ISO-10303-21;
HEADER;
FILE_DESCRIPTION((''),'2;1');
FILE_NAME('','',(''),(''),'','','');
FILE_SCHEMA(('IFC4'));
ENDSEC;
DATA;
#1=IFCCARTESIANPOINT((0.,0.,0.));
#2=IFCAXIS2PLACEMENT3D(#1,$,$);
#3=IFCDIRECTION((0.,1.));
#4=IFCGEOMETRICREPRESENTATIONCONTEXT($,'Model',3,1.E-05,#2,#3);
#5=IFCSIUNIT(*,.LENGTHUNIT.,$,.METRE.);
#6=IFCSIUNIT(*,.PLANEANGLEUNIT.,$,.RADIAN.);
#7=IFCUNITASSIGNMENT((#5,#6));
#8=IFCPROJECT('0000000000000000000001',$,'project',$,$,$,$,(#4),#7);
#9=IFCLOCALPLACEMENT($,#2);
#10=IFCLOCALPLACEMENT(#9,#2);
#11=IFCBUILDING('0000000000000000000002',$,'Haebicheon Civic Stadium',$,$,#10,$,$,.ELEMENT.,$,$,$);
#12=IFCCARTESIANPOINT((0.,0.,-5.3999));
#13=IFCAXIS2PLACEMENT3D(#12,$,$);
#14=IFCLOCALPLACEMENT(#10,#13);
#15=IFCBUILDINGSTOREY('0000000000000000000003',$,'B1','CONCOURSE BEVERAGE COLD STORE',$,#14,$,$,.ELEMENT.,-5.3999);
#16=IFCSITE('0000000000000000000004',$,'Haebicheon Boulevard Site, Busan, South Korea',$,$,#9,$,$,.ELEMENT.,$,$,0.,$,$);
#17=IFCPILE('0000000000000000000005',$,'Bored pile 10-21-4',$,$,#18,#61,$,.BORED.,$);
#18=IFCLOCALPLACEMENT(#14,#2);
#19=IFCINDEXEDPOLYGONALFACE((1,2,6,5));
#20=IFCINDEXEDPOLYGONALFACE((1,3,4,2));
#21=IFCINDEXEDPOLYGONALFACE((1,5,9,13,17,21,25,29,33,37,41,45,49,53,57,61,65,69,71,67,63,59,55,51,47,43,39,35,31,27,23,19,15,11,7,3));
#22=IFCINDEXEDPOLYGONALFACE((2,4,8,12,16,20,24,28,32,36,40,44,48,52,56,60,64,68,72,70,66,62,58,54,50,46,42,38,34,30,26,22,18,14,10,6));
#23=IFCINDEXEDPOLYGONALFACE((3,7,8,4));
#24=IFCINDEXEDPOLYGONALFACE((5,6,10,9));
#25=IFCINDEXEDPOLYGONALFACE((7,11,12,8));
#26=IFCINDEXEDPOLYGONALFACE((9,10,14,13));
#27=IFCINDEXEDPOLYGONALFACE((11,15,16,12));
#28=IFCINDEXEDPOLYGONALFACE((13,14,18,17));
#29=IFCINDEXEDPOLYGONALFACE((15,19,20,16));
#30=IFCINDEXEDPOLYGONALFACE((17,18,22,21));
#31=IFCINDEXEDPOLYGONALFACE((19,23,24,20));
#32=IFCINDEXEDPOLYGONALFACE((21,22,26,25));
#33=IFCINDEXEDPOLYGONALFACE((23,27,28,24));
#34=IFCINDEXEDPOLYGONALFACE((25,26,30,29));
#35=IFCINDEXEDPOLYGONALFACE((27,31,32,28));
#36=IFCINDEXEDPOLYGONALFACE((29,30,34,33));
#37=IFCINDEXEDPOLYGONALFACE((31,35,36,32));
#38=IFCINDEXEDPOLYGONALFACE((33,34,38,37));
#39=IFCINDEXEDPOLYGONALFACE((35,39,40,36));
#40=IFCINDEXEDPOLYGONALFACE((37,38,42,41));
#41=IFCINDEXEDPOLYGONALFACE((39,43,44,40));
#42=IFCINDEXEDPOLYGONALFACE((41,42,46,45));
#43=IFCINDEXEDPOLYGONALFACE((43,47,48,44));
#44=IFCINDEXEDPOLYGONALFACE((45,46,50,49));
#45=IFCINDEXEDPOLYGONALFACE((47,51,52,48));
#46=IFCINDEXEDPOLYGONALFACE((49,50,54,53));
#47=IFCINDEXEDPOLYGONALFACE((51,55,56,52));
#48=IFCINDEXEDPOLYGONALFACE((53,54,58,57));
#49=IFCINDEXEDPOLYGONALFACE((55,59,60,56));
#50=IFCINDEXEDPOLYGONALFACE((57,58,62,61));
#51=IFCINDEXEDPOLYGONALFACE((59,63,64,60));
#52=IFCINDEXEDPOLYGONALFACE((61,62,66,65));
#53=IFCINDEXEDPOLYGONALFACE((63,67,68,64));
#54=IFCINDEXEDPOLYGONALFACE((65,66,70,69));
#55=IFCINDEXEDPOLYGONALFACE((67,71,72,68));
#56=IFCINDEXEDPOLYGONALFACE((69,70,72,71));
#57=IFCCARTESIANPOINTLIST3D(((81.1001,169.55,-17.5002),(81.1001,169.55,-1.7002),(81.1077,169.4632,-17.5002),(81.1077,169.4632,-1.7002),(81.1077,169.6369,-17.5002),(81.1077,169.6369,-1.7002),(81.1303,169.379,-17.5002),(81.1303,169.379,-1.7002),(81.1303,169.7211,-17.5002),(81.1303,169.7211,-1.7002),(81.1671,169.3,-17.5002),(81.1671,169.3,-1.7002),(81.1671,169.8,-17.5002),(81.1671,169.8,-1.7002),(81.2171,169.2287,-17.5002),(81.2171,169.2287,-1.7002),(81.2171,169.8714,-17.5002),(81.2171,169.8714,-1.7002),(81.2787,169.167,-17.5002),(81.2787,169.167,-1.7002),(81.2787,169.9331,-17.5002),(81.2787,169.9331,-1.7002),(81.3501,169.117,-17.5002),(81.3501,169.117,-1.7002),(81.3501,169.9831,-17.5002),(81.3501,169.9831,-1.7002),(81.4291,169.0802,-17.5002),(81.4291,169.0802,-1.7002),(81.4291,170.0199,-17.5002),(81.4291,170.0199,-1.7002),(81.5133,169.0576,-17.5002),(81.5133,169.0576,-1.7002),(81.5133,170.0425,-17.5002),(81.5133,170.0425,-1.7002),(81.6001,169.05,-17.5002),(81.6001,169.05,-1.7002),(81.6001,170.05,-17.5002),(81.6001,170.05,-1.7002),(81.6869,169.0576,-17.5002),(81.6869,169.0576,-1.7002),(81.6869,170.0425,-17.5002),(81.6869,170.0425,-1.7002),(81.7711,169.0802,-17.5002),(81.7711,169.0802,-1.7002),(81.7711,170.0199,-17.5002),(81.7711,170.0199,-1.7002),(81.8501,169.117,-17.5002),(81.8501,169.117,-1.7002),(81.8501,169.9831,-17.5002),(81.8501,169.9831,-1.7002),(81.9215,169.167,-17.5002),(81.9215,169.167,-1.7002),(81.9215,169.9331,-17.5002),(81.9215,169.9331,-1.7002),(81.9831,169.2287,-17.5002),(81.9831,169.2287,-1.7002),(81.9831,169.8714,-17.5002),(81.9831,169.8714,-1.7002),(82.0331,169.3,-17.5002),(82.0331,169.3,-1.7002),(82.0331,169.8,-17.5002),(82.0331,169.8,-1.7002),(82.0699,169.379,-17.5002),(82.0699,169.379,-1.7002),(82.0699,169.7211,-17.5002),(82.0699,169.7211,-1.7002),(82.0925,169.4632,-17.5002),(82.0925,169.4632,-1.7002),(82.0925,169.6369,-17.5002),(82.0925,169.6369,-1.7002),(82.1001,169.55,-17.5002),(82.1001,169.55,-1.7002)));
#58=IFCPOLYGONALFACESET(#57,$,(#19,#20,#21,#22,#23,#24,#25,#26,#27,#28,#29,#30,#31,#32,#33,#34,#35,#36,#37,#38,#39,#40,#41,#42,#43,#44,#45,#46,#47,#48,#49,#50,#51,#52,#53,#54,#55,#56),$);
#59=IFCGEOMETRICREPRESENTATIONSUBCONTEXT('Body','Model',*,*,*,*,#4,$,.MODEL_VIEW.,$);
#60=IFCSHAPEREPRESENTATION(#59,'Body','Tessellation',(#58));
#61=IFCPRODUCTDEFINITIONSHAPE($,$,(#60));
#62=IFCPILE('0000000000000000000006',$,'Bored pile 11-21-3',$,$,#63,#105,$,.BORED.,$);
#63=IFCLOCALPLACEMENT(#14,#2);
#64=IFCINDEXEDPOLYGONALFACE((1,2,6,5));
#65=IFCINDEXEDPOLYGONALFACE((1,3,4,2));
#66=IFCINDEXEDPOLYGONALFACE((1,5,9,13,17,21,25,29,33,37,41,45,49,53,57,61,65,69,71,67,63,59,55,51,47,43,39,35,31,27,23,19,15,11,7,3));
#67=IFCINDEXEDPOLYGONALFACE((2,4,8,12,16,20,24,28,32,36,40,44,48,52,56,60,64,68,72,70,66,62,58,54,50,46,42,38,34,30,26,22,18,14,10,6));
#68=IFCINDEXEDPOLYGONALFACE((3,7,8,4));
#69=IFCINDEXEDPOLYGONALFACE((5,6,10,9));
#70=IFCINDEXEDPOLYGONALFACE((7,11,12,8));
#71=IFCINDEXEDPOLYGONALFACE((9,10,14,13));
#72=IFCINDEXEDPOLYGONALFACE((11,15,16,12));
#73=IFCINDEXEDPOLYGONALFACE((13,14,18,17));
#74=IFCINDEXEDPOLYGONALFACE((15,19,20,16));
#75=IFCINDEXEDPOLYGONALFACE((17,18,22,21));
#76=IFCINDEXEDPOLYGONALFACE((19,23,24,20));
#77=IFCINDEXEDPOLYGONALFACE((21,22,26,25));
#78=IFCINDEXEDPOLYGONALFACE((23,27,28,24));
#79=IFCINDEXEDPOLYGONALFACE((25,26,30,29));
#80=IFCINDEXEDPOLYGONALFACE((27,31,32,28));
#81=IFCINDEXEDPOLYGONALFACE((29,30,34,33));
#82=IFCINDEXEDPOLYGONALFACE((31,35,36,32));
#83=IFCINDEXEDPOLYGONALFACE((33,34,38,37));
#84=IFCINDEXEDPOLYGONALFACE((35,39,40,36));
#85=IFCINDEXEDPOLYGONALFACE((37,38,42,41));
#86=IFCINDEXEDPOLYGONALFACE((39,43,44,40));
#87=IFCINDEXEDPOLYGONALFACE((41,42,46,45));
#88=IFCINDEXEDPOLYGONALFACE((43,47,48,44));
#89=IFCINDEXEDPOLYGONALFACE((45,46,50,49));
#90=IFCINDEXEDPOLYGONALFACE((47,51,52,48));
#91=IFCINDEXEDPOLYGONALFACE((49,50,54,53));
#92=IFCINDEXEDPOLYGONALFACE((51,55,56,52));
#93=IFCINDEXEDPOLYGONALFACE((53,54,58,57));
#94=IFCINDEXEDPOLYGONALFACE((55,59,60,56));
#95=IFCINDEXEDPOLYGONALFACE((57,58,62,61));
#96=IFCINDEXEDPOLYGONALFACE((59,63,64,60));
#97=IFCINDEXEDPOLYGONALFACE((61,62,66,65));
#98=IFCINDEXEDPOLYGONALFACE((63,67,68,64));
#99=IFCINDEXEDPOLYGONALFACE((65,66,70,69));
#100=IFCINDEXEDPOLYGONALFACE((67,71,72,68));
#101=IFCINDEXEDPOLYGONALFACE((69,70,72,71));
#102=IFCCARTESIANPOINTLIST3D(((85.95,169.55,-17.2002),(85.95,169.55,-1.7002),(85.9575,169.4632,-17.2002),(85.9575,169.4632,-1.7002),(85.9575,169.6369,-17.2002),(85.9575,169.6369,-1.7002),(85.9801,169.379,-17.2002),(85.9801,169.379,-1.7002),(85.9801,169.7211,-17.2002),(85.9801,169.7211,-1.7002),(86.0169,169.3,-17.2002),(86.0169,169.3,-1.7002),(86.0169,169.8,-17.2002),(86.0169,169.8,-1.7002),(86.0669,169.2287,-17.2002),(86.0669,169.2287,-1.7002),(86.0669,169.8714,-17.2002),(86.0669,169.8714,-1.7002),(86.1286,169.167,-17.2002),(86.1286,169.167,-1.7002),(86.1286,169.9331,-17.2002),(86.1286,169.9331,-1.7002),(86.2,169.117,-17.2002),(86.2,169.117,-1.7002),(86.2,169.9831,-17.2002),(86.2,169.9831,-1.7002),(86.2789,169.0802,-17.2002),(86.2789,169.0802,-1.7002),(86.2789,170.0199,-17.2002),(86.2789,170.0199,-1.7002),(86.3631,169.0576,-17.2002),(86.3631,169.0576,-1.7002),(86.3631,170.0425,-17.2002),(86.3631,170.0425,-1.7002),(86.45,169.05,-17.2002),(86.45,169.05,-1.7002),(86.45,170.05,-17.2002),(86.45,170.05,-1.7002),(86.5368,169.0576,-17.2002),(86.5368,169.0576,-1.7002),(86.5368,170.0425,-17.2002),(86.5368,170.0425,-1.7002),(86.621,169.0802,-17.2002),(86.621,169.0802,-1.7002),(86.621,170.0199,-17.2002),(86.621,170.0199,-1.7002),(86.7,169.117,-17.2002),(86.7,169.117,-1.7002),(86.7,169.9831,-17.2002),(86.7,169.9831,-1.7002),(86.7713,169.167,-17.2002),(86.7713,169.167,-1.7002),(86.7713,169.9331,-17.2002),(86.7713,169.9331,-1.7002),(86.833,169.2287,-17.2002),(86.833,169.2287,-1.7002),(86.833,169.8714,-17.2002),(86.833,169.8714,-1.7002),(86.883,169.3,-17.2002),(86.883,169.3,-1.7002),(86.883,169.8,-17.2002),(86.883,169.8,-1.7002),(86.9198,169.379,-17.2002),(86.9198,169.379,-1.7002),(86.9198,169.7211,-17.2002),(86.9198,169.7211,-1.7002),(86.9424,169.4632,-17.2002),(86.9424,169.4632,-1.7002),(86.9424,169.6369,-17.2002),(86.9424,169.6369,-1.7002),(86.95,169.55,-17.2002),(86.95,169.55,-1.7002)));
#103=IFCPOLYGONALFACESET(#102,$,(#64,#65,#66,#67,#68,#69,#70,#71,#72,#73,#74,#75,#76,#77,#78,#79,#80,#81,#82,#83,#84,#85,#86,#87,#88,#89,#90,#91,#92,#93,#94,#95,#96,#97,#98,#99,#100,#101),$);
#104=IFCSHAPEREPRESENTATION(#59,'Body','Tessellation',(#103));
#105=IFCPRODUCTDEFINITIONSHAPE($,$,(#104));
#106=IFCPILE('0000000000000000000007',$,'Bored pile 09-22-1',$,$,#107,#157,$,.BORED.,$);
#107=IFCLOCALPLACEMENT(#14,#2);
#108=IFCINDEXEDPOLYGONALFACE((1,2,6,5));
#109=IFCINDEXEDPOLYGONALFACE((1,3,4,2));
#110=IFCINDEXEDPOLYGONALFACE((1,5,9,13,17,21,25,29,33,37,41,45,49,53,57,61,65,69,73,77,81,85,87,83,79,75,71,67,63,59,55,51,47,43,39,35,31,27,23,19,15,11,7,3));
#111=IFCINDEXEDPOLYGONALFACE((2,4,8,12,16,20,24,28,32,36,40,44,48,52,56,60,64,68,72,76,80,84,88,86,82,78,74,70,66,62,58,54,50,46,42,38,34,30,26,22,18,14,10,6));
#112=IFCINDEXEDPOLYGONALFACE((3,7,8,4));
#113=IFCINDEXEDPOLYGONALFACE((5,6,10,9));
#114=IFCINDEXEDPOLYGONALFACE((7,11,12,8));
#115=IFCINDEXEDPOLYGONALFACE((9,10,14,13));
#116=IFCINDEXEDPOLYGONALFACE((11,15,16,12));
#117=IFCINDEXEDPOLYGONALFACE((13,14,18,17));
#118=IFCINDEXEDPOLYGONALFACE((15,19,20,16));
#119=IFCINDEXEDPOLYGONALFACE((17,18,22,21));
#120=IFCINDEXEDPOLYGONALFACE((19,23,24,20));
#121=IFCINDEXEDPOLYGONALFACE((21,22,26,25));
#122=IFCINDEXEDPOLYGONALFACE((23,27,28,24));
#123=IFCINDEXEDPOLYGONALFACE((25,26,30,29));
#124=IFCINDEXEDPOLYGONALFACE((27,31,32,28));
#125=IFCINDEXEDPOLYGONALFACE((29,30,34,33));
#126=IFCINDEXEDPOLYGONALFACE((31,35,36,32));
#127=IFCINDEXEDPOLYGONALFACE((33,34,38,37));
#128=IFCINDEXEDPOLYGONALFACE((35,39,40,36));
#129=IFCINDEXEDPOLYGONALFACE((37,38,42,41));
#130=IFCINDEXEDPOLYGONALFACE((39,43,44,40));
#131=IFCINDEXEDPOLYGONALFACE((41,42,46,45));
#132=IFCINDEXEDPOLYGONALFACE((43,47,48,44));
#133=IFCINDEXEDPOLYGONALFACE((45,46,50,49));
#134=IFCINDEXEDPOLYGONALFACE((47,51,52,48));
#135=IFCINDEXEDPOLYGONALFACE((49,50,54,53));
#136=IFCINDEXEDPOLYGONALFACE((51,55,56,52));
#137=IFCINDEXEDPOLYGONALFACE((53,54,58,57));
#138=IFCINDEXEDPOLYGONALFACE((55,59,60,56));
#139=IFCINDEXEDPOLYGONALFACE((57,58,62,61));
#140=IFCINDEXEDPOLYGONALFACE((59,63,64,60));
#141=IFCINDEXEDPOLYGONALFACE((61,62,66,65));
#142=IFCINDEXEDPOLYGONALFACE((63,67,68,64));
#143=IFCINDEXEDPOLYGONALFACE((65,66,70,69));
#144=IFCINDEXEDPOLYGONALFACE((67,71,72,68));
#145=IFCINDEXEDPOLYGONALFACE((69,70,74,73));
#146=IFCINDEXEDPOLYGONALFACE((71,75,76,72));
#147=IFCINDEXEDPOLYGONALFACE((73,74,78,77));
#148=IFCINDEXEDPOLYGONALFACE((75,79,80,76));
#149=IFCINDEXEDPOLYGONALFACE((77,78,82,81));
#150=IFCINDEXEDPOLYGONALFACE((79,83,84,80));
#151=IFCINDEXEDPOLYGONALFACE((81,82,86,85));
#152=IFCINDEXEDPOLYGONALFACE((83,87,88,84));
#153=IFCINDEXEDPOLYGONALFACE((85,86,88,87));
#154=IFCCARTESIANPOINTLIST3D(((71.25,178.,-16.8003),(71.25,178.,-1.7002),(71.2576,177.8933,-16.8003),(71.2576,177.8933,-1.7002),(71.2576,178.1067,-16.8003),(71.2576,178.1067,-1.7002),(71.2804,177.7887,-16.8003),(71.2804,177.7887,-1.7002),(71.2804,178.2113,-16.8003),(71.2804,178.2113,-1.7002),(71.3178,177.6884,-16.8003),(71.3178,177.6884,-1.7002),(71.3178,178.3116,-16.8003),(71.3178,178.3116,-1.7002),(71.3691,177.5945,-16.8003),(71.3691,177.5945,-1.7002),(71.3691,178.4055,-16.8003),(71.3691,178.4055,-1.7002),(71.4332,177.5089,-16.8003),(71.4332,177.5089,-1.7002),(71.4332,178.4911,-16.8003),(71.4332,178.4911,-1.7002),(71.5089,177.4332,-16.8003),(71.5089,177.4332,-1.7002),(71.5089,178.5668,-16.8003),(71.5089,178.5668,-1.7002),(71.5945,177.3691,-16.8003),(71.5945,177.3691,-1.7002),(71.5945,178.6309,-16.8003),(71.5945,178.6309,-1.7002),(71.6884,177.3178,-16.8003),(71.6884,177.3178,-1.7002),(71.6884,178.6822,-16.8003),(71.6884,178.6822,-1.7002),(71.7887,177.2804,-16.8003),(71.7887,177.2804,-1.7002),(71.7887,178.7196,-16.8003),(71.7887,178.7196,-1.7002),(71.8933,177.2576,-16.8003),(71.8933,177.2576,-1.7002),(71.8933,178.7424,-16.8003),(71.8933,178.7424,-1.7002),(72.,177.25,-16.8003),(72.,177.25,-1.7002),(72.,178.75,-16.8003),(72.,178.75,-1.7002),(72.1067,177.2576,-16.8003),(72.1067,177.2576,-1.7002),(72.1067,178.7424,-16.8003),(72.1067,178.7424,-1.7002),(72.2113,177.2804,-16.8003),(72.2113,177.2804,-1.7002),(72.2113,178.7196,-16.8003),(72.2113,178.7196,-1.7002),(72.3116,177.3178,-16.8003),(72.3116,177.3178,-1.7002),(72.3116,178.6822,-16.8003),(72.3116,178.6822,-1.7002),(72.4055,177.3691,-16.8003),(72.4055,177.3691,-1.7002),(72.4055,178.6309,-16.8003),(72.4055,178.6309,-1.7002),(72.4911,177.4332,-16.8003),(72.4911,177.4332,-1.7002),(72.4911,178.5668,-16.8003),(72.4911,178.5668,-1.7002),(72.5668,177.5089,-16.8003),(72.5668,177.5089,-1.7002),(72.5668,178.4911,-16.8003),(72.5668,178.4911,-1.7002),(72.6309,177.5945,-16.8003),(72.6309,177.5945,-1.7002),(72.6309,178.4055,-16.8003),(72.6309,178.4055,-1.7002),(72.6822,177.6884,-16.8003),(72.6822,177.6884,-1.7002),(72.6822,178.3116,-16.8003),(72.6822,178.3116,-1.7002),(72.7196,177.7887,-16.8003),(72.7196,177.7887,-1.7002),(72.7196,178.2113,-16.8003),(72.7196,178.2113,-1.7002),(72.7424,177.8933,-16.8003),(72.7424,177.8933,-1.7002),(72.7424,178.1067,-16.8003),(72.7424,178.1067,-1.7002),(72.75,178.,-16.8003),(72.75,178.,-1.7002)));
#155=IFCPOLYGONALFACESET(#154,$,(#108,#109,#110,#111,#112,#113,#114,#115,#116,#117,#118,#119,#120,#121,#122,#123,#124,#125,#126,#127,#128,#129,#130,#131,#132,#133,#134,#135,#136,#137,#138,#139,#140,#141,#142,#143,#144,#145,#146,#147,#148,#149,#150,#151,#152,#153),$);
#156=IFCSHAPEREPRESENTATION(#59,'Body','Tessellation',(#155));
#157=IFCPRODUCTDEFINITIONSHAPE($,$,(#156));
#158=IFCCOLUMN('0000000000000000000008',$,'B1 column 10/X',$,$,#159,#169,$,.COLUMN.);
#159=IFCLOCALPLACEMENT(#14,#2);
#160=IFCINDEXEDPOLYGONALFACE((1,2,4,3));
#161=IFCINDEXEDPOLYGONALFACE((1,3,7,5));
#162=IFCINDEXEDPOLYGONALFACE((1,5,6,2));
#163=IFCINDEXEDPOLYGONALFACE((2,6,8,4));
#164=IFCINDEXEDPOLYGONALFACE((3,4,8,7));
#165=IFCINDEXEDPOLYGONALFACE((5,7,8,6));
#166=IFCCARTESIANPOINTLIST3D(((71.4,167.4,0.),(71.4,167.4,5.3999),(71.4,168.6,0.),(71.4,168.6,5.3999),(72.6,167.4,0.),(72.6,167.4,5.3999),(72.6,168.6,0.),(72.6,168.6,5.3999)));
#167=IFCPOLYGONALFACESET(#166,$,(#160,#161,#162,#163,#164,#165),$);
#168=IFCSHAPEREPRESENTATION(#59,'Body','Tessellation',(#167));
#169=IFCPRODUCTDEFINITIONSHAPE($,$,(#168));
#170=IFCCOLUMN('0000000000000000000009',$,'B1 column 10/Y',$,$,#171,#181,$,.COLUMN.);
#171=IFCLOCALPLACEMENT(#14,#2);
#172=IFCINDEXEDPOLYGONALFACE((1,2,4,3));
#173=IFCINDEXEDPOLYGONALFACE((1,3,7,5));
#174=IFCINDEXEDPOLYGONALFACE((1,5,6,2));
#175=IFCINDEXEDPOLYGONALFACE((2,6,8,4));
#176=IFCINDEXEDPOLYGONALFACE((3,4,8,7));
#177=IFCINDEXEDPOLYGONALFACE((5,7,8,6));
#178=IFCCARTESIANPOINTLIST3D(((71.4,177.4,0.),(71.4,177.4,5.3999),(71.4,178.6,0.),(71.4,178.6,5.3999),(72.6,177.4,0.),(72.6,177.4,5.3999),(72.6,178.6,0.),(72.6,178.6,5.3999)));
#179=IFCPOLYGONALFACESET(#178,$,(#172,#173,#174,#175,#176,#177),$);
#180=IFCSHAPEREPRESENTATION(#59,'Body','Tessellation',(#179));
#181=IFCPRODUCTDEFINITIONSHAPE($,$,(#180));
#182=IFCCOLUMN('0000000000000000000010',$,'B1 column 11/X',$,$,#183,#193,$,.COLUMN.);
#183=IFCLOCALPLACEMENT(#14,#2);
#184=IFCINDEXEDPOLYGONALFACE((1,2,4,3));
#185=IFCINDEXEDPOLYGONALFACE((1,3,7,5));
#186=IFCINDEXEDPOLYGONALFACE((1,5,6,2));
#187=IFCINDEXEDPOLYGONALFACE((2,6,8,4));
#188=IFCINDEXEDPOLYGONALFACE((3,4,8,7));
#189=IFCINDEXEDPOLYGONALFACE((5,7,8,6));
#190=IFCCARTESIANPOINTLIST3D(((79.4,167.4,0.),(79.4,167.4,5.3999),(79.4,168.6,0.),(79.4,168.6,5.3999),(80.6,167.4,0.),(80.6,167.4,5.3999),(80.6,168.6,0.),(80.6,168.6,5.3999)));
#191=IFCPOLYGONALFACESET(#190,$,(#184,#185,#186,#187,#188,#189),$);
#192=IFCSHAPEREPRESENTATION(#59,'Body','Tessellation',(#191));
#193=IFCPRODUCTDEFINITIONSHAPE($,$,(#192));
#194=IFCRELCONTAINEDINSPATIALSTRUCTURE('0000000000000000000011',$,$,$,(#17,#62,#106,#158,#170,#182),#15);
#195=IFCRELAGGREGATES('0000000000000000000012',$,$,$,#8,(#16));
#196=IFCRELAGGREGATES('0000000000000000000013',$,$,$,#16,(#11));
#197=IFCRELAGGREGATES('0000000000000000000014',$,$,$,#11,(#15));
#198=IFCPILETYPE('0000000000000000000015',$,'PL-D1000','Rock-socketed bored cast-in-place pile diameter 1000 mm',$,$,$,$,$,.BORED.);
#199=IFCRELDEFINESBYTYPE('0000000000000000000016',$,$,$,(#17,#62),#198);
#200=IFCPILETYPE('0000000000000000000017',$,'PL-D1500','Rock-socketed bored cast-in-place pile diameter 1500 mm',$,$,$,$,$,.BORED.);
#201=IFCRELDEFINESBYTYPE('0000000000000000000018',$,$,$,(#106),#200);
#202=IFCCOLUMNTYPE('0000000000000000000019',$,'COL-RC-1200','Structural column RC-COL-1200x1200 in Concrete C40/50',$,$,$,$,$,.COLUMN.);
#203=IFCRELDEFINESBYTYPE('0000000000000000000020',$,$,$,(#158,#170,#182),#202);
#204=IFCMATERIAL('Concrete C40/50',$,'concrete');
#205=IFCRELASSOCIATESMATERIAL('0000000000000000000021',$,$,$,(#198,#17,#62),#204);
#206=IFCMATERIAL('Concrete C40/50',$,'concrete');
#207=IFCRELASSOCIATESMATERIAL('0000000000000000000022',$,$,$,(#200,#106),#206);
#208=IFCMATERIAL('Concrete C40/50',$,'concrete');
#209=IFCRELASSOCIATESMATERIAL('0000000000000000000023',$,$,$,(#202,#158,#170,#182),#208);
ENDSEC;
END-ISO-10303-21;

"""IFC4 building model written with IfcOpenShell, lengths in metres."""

from ifc_helpers import new_model, si_unit, direction, frame, origin, origin_2d, place, context, subcontext, project, spatial, rectangle, circle, extrude, material, material_profile, profile_set, type_object, element, save


model = new_model("IFC4")

# Units and contexts
model_context = context("Model", 3, precision=1e-05, world=origin(), true_north=direction((0.0, 1.0)))
body_context = subcontext(model_context, "Body", "Model", "MODEL_VIEW")
ifc_project = project(units=[si_unit("LENGTHUNIT", "METRE"), si_unit("PLANEANGLEUNIT", "RADIAN")], contexts=[model_context])

# Site, building, storey
site_placement = place(None, origin())
site = spatial("IfcSite", under=ifc_project, at=site_placement, Name="Haebicheon Boulevard Site, Busan, South Korea", CompositionType="ELEMENT", RefElevation=0.0)
building_placement = place(site_placement, origin())
building = spatial("IfcBuilding", under=site, at=building_placement, Name="Haebicheon Civic Stadium", CompositionType="ELEMENT")
storey_placement = place(building_placement, frame((0.0, 0.0, -5.3999)))
storey = spatial("IfcBuildingStorey", under=building, at=storey_placement, Name="B1", Description="CONCOURSE BEVERAGE COLD STORE", CompositionType="ELEMENT", Elevation=-5.3999)

# Piles
ifc_material_1 = material(Name="Concrete C40/50", Category="concrete")
ifc_material_profile_1 = material_profile(ifc_material_1, circle(Radius=0.5, at=origin_2d()), Name="PILE-D1000")
ifc_profile_set_1 = profile_set([ifc_material_profile_1], Name="Concrete C40/50")
pile_type_1 = type_object("IfcPileType", Name="PL-D1000", Description="Rock-socketed bored cast-in-place pile diameter 1000 mm", PredefinedType="BORED", material=ifc_profile_set_1)
for number, where, z_axis, x_axis, name in (
    (1, (81.6001, 169.55, -1.7002), (0.0, 0.0, -1.0), (1.0, 0.0, 0.0), "Bored pile 10-21-4"),
):
    element("IfcPile", number, at=place(storey_placement, frame(where, z_axis=z_axis, x_axis=x_axis)), inside=storey, type_object=pile_type_1, material=ifc_profile_set_1, Name=name, PredefinedType="BORED", context=body_context, shape_type="SweptSolid", body=[
        extrude(circle(Radius=0.5, at=origin_2d()), origin(), (0.0, 0.0, 1.0), 15.8),
    ])
pile_1_placement = place(storey_placement, frame((86.45, 169.55, -1.7002), z_axis=(0.0, 0.0, -1.0), x_axis=(1.0, 0.0, 0.0)))
element("IfcPile", 2, at=pile_1_placement, inside=storey, type_object=pile_type_1, material=ifc_profile_set_1, Name="Bored pile 11-21-3", PredefinedType="BORED", context=body_context, shape_type="SweptSolid", body=[
    extrude(circle(Radius=0.5, at=origin_2d()), origin(), (0.0, 0.0, 1.0), 15.5),
])
ifc_material_2 = material(Name="Concrete C40/50", Category="concrete")
ifc_material_profile_2 = material_profile(ifc_material_2, circle(Radius=0.75, at=origin_2d()), Name="PILE-D1500")
ifc_profile_set_2 = profile_set([ifc_material_profile_2], Name="Concrete C40/50")
pile_type_2 = type_object("IfcPileType", Name="PL-D1500", Description="Rock-socketed bored cast-in-place pile diameter 1500 mm", PredefinedType="BORED", material=ifc_profile_set_2)
pile_2_placement = place(storey_placement, frame((72.0, 178.0, -1.7002), z_axis=(0.0, 0.0, -1.0), x_axis=(1.0, 0.0, 0.0)))
element("IfcPile", 3, at=pile_2_placement, inside=storey, type_object=pile_type_2, material=ifc_profile_set_2, Name="Bored pile 09-22-1", PredefinedType="BORED", context=body_context, shape_type="SweptSolid", body=[
    extrude(circle(Radius=0.75, at=origin_2d()), origin(), (0.0, 0.0, 1.0), 15.1001),
])

# Columns
ifc_material_3 = material(Name="Concrete C40/50", Category="concrete")
ifc_material_profile_3 = material_profile(ifc_material_3, rectangle(XDim=1.2, YDim=1.2, at=origin_2d()), Name="RC-COL-1200x1200")
ifc_profile_set_3 = profile_set([ifc_material_profile_3], Name="Concrete C40/50")
column_type = type_object("IfcColumnType", Name="COL-RC-1200", Description="Structural column RC-COL-1200x1200 in Concrete C40/50", PredefinedType="COLUMN", material=ifc_profile_set_3)
for number, where, z_axis, x_axis, name in (
    (4, (72.0, 168.0, 0.0), (0.0, 0.0, 1.0), (1.0, 0.0, 0.0), "B1 column 10/X"),
    (5, (72.0, 178.0, 0.0), (0.0, 0.0, 1.0), (1.0, 0.0, 0.0), "B1 column 10/Y"),
    (6, (80.0, 168.0, 0.0), (0.0, 0.0, 1.0), (1.0, 0.0, 0.0), "B1 column 11/X"),
):
    element("IfcColumn", number, at=place(storey_placement, frame(where, z_axis=z_axis, x_axis=x_axis)), inside=storey, type_object=column_type, material=ifc_profile_set_3, Name=name, PredefinedType="COLUMN", context=body_context, shape_type="SweptSolid", body=[
        extrude(rectangle(XDim=1.2, YDim=1.2, at=origin_2d()), origin(), (0.0, 0.0, 1.0), 5.3999),
    ])

save(model, "model.ifc")
